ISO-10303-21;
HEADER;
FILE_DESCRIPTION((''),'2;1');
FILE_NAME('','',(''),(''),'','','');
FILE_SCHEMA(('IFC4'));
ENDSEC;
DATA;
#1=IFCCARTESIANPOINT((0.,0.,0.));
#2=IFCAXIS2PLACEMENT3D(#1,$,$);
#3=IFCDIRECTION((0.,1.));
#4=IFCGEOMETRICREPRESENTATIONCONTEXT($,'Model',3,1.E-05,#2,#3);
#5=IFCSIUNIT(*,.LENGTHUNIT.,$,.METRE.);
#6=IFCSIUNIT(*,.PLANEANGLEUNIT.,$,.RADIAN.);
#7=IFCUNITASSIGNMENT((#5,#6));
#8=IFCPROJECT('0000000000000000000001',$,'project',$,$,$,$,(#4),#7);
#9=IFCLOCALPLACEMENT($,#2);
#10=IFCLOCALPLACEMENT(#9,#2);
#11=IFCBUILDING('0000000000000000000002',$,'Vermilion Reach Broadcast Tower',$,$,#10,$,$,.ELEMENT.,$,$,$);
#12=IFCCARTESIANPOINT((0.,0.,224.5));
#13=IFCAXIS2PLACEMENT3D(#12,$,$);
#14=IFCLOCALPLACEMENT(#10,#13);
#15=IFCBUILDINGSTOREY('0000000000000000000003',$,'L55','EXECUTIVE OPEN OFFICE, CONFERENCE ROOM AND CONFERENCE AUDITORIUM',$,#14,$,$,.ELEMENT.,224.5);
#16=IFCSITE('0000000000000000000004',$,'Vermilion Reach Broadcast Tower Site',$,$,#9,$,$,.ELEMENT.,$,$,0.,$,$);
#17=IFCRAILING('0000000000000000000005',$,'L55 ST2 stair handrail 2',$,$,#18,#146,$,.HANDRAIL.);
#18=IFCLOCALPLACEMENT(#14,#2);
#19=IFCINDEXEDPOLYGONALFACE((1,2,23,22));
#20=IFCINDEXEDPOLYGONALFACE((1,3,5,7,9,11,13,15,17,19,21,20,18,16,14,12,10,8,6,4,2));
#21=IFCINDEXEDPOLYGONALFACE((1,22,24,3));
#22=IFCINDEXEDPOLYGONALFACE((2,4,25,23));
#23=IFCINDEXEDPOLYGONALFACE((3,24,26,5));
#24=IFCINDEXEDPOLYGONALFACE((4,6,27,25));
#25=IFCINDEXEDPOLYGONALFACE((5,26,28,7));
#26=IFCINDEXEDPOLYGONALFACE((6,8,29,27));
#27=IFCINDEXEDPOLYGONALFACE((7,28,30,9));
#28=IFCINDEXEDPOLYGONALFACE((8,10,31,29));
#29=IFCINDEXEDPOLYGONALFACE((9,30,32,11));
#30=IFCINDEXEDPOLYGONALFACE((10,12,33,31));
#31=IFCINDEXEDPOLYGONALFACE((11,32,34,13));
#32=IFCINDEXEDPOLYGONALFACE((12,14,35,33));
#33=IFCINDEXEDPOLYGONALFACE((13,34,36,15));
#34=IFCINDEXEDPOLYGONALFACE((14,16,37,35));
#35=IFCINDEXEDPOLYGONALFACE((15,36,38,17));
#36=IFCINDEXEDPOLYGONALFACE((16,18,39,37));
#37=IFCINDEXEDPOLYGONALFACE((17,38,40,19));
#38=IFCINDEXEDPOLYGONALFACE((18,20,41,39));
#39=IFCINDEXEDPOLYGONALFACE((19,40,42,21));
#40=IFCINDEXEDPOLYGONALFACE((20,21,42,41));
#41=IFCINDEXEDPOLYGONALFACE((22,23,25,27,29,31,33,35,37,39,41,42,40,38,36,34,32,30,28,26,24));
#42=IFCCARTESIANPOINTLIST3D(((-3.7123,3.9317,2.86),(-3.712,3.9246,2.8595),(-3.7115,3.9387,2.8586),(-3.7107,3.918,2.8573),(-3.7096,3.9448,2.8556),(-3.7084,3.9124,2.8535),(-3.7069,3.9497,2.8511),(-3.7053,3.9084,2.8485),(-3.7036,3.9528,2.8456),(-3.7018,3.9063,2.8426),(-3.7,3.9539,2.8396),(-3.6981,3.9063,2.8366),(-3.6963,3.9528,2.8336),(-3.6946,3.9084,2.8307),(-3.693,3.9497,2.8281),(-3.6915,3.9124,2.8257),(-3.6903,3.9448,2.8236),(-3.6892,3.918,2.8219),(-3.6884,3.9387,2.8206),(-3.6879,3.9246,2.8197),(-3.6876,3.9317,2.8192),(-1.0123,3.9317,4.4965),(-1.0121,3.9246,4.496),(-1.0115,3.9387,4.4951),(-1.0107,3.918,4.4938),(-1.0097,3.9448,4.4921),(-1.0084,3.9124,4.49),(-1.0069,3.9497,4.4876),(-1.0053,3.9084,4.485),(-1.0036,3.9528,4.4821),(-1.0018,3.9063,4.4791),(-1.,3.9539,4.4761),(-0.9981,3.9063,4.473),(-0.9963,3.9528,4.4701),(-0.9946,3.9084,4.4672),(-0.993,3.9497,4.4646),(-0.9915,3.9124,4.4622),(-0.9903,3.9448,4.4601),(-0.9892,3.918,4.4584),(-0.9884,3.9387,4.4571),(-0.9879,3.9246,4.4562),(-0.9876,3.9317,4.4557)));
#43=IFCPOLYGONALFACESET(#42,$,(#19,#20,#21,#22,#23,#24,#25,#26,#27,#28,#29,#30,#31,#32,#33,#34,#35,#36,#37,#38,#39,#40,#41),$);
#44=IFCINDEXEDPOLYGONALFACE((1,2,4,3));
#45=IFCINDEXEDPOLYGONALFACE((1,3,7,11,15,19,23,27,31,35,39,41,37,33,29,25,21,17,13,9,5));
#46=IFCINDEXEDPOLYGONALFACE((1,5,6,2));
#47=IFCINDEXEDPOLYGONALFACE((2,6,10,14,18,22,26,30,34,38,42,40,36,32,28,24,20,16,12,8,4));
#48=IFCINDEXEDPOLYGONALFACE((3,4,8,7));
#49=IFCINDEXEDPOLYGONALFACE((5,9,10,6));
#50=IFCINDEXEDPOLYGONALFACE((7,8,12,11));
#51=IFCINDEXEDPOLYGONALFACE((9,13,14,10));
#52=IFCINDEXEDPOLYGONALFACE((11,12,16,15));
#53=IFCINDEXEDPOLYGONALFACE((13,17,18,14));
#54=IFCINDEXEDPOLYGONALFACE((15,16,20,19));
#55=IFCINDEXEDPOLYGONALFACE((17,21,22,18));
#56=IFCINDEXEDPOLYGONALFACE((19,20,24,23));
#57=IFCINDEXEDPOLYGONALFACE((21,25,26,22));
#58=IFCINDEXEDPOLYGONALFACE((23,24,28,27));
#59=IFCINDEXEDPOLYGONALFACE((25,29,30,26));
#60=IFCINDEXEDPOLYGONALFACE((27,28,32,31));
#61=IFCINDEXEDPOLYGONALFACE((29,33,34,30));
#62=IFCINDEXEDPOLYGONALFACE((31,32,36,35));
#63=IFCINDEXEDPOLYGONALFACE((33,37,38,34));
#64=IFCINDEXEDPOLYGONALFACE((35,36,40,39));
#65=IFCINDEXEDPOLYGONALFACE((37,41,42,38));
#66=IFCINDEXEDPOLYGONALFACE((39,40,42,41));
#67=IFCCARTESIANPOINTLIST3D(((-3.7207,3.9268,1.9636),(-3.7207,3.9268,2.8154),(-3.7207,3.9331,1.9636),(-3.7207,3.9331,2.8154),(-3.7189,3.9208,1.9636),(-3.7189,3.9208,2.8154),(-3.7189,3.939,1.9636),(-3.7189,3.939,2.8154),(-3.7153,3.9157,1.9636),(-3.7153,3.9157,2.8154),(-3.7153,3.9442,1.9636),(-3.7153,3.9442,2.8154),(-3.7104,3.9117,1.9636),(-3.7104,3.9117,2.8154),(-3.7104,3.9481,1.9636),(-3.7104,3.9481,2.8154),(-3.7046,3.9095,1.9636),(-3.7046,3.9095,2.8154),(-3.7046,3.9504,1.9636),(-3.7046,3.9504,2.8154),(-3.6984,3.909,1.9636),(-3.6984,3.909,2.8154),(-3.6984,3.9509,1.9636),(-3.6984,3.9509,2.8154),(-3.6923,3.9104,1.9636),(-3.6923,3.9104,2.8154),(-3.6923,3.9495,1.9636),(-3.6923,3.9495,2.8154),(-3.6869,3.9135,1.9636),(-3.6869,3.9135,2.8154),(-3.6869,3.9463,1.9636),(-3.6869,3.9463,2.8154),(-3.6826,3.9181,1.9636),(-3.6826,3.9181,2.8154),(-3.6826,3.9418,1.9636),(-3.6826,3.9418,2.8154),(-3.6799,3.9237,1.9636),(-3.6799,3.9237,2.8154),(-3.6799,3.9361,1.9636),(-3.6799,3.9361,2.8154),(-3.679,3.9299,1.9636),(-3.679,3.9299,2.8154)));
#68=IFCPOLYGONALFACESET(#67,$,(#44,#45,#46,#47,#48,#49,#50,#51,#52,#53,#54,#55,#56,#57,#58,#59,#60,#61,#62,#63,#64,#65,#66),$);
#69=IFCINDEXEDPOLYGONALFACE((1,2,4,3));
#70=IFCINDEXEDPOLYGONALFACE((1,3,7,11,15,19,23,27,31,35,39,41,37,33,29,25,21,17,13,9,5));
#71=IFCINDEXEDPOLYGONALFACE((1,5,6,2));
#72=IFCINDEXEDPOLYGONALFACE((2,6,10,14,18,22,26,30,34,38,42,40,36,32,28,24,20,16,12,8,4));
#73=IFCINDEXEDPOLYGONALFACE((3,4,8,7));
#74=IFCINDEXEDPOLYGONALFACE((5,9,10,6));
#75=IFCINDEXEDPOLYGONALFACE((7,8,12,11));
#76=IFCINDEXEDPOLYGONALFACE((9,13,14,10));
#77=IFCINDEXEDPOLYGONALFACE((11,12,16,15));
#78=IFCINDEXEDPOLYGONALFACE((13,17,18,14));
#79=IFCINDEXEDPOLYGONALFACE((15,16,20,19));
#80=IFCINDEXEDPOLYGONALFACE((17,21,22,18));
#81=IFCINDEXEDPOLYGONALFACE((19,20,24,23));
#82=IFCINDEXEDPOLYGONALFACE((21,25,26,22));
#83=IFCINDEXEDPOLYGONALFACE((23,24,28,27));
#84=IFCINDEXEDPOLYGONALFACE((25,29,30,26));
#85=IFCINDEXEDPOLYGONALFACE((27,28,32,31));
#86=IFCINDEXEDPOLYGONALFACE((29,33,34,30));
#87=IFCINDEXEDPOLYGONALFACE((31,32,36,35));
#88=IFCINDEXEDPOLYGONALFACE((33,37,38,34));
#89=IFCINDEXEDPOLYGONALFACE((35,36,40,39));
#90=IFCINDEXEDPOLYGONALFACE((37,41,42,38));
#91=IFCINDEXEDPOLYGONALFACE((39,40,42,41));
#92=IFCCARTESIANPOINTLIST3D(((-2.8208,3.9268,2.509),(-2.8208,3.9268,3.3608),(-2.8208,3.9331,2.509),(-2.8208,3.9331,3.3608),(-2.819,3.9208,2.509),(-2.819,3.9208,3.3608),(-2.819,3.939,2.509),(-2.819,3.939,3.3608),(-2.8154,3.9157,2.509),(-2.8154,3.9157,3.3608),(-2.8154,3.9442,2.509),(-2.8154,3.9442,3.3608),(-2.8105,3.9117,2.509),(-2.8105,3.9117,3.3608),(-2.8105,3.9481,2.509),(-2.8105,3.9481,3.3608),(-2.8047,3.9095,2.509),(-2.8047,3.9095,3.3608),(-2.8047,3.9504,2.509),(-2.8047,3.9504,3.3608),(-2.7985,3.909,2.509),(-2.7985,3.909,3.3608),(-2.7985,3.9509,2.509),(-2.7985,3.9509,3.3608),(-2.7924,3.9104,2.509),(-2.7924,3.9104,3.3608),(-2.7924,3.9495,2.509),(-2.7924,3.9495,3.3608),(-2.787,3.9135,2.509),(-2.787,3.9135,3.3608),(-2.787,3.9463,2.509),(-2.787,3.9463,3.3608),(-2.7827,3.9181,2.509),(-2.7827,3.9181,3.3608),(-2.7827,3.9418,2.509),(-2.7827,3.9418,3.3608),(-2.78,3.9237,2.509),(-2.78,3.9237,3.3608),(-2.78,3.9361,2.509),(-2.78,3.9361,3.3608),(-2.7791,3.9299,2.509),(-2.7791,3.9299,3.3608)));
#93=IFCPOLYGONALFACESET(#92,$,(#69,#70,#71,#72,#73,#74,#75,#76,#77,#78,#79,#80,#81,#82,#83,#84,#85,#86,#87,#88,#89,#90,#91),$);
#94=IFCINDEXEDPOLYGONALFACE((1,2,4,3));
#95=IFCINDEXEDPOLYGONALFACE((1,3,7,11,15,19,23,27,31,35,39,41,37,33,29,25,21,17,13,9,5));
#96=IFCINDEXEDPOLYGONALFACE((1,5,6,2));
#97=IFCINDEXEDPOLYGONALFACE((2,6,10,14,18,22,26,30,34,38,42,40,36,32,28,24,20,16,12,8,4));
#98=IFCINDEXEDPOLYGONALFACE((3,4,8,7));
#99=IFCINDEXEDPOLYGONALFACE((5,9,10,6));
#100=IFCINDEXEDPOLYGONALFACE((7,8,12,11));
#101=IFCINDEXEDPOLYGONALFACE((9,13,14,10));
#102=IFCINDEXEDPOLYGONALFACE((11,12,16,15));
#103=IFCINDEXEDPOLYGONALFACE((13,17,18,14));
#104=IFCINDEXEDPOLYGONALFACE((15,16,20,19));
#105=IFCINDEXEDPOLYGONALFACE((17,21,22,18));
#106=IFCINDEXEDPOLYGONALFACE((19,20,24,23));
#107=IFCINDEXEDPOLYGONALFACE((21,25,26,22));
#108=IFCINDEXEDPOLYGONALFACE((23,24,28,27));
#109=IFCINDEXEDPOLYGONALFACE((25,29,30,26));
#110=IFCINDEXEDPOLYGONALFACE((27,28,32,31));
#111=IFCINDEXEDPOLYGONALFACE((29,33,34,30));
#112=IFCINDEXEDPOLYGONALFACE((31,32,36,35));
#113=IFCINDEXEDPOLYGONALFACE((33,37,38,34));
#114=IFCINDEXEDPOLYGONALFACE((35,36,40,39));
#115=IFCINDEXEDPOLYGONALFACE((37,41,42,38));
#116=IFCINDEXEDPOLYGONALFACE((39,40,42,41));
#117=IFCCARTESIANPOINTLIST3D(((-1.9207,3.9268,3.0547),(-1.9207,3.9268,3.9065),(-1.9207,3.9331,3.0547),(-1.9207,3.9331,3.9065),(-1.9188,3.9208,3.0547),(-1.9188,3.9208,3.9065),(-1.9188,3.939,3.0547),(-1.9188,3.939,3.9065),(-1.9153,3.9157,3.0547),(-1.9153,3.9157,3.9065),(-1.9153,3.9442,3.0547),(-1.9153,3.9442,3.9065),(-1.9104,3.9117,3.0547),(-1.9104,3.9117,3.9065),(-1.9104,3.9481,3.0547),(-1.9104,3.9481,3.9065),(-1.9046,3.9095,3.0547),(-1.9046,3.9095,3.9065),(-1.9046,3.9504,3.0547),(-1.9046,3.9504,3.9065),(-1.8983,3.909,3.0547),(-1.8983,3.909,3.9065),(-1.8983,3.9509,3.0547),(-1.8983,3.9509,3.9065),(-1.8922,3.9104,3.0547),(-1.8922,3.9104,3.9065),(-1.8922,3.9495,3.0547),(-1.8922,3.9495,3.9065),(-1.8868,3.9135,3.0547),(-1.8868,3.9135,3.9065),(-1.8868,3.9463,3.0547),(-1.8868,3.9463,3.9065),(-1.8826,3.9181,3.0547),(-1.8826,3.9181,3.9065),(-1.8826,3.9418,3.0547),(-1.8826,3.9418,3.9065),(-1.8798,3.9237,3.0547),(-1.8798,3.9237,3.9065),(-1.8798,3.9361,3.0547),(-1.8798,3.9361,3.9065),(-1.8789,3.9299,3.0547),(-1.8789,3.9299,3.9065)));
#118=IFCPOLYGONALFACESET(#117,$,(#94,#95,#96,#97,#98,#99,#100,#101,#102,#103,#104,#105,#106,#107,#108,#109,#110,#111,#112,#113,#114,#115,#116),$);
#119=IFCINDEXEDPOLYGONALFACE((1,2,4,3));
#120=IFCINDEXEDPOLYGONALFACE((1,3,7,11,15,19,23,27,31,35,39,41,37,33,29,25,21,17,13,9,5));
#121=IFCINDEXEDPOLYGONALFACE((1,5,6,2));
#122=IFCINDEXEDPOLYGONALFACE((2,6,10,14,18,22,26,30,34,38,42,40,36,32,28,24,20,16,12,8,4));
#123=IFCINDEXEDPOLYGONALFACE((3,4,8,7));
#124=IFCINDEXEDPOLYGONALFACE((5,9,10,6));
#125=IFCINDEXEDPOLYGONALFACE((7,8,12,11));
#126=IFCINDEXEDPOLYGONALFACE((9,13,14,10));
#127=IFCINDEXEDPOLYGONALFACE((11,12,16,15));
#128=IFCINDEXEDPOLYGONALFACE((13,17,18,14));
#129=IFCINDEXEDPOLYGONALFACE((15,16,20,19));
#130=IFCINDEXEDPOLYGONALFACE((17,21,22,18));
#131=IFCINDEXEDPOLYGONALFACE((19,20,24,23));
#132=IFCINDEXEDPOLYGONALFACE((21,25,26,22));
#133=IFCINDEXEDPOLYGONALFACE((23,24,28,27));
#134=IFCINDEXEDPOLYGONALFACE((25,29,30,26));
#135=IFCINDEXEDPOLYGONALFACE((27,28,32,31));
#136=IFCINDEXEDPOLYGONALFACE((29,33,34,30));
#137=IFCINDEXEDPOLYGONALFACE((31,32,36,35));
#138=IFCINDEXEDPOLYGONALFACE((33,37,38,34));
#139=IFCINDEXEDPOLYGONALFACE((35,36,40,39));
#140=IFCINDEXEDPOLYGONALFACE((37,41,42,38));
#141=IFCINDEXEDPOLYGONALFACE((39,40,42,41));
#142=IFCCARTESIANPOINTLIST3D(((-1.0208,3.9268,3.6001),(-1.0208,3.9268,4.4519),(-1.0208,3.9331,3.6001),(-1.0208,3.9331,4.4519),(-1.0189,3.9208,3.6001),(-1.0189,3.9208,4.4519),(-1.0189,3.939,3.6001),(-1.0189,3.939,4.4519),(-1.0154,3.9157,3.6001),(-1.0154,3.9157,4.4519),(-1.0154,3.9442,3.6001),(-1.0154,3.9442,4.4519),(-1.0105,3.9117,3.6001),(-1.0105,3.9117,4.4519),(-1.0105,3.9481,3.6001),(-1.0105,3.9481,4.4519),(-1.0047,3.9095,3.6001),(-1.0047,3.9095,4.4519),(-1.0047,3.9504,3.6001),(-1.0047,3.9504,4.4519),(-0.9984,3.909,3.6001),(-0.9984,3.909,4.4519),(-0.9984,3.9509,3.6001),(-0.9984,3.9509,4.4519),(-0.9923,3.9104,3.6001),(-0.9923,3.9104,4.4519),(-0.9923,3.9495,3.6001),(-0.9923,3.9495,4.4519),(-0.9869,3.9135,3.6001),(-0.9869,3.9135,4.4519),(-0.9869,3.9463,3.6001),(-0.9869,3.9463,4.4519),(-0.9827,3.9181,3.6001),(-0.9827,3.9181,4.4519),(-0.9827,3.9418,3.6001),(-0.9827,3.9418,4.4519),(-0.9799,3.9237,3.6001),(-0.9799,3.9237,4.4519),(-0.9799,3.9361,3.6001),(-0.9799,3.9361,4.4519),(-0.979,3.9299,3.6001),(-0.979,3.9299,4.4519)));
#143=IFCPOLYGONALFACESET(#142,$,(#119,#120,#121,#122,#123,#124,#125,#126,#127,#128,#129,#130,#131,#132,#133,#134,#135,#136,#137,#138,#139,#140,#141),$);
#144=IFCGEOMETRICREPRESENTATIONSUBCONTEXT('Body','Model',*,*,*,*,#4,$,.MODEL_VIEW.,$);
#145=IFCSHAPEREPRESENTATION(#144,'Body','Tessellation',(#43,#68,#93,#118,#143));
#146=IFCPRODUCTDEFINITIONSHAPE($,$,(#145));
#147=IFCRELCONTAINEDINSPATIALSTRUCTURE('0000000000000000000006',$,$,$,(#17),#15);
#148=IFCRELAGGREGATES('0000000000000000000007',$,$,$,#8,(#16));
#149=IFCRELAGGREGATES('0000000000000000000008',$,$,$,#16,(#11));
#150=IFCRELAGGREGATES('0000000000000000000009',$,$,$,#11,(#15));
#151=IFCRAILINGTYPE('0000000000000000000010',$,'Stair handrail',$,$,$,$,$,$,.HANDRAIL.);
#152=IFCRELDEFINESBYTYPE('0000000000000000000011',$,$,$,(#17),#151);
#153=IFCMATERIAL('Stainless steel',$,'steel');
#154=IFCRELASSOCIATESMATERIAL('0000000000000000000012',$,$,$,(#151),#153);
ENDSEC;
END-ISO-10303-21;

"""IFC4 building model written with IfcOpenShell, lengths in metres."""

from ifc_helpers import new_model, si_unit, direction, frame, origin, origin_2d, place, context, subcontext, project, spatial, circle, extrude, material, type_object, element, save


model = new_model("IFC4")

# Units and contexts
model_context = context("Model", 3, precision=1e-05, world=origin(), true_north=direction((0.0, 1.0)))
body_context = subcontext(model_context, "Body", "Model", "MODEL_VIEW")
ifc_project = project(units=[si_unit("LENGTHUNIT", "METRE"), si_unit("PLANEANGLEUNIT", "RADIAN")], contexts=[model_context])

# Site, building, storey
site_placement = place(None, origin())
site = spatial("IfcSite", under=ifc_project, at=site_placement, Name="Vermilion Reach Broadcast Tower Site", CompositionType="ELEMENT", RefElevation=0.0)
building_placement = place(site_placement, origin())
building = spatial("IfcBuilding", under=site, at=building_placement, Name="Vermilion Reach Broadcast Tower", CompositionType="ELEMENT")
storey_placement = place(building_placement, frame((0.0, 0.0, 224.5)))
storey = spatial("IfcBuildingStorey", under=building, at=storey_placement, Name="L55", Description="EXECUTIVE OPEN OFFICE, CONFERENCE ROOM AND CONFERENCE AUDITORIUM", CompositionType="ELEMENT", Elevation=224.5)

# Railing
ifc_material_1 = material(Name="Stainless steel", Category="steel")
railing_type_1 = type_object("IfcRailingType", Name="Stair handrail", PredefinedType="HANDRAIL", material=ifc_material_1)
railing_1_placement = place(storey_placement, frame((-3.7, 3.9299, 1.9636)))
element("IfcRailing", 1, at=railing_1_placement, inside=storey, type_object=railing_type_1, Name="L55 ST2 stair handrail 2", PredefinedType="HANDRAIL", context=body_context, shape_type="SweptSolid", body=[
    extrude(circle(Radius=0.0239, at=origin_2d()), frame((0.0, 0.0, 0.876), z_axis=(0.855178, 0.0, 0.518334), x_axis=(0.0, 1.0, 0.0)), (0.0, 0.0, 1.0), 3.1572),
    extrude(circle(Radius=0.021, at=origin_2d()), origin(), (0.0, 0.0, 1.0), 0.8518),
    extrude(circle(Radius=0.021, at=origin_2d()), frame((0.8999, 0.0, 0.5454)), (0.0, 0.0, 1.0), 0.8518),
    extrude(circle(Radius=0.021, at=origin_2d()), frame((1.8, 0.0, 1.0911)), (0.0, 0.0, 1.0), 0.8518),
    extrude(circle(Radius=0.021, at=origin_2d()), frame((2.7, 0.0, 1.6365)), (0.0, 0.0, 1.0), 0.8518),
])

save(model, "model.ifc")
